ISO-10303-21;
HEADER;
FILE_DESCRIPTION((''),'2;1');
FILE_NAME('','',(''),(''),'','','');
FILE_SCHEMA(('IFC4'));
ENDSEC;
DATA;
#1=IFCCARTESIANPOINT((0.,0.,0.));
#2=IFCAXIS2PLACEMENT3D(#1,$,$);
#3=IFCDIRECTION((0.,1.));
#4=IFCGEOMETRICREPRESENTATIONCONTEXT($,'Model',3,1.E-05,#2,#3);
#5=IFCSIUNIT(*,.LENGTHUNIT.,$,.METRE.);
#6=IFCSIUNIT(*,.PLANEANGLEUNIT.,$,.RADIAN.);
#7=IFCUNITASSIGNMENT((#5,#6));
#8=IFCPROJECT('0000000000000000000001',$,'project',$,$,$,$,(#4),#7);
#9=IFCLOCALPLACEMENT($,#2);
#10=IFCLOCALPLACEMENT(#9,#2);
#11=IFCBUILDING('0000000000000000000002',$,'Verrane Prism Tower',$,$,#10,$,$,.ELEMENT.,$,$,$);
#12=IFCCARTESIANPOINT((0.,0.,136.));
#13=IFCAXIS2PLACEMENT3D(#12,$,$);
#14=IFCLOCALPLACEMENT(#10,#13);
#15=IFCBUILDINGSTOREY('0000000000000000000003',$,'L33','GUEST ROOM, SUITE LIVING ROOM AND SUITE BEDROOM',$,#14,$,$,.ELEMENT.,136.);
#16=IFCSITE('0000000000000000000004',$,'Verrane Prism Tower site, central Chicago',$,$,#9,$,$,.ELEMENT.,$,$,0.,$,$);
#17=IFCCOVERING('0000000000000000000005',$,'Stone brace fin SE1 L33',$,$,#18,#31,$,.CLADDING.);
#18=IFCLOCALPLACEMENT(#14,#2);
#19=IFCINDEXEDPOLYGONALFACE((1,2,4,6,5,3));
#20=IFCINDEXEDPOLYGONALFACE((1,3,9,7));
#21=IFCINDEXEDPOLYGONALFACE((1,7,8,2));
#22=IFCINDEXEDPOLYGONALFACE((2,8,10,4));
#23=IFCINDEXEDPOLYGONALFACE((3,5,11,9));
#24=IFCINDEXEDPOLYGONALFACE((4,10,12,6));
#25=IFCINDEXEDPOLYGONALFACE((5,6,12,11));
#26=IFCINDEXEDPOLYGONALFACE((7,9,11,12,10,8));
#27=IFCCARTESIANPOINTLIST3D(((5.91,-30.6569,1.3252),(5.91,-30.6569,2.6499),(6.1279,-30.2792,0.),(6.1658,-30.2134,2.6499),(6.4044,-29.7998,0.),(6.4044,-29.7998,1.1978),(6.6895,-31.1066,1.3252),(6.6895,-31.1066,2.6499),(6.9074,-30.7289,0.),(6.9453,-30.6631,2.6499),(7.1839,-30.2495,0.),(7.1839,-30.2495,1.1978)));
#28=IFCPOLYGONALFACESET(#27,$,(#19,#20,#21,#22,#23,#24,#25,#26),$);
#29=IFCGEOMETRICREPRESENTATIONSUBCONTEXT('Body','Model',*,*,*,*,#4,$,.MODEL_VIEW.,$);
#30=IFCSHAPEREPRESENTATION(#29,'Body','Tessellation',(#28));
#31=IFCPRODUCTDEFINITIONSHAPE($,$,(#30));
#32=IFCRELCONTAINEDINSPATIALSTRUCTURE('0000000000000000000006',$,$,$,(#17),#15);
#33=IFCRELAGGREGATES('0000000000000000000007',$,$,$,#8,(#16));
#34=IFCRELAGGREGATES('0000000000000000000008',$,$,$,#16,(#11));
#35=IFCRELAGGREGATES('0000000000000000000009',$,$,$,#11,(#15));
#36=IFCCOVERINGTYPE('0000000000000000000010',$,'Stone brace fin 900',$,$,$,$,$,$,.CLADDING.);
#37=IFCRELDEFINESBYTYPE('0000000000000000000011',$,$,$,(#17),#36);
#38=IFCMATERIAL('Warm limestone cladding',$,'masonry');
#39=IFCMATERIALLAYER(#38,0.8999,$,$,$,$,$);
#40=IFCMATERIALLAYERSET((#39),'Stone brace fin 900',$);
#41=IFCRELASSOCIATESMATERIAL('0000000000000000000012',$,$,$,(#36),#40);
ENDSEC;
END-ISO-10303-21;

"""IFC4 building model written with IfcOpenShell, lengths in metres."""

from ifc_helpers import new_model, si_unit, direction, frame, origin, place, context, subcontext, project, spatial, polyline, outline, extrude, material, layer, layer_set, type_object, element, save


model = new_model("IFC4")

# Units and contexts
model_context = context("Model", 3, precision=1e-05, world=origin(), true_north=direction((0.0, 1.0)))
body_context = subcontext(model_context, "Body", "Model", "MODEL_VIEW")
ifc_project = project(units=[si_unit("LENGTHUNIT", "METRE"), si_unit("PLANEANGLEUNIT", "RADIAN")], contexts=[model_context])

# Site, building, storey
site_placement = place(None, origin())
site = spatial("IfcSite", under=ifc_project, at=site_placement, Name="Verrane Prism Tower site, central Chicago", CompositionType="ELEMENT", RefElevation=0.0)
building_placement = place(site_placement, origin())
building = spatial("IfcBuilding", under=site, at=building_placement, Name="Verrane Prism Tower", CompositionType="ELEMENT")
storey_placement = place(building_placement, frame((0.0, 0.0, 136.0)))
storey = spatial("IfcBuildingStorey", under=building, at=storey_placement, Name="L33", Description="GUEST ROOM, SUITE LIVING ROOM AND SUITE BEDROOM", CompositionType="ELEMENT", Elevation=136.0)

# Covering
ifc_material_1 = material(Name="Warm limestone cladding", Category="masonry")
ifc_layer_1 = layer(ifc_material_1, 0.8999)
ifc_layer_set_1 = layer_set([ifc_layer_1], Name="Stone brace fin 900")
covering_type = type_object("IfcCoveringType", Name="Stone brace fin 900", PredefinedType="CLADDING", material=ifc_layer_set_1)
covering_placement = place(storey_placement, frame((6.7942, -30.0247, 0.0), z_axis=(0.0, 0.0, 1.0), x_axis=(-0.499722, -0.866186, 0.0)))
element("IfcCovering", 1, at=covering_placement, inside=storey, type_object=covering_type, Name="Stone brace fin SE1 L33", PredefinedType="CLADDING", context=body_context, shape_type="SweptSolid", body=[
    extrude(outline(polyline([(0.9895, 2.6499), (0.4775, 2.6499), (0.0, 1.1978), (0.0, 0.0), (0.5535, 0.0), (0.9895, 1.3252), (0.9895, 2.6499)])), frame((0.0, 0.45, 0.0), z_axis=(0.0, -1.0, 0.0), x_axis=(1.0, 0.0, 0.0)), (0.0, 0.0, 1.0), 0.8999),
])

save(model, "model.ifc")
